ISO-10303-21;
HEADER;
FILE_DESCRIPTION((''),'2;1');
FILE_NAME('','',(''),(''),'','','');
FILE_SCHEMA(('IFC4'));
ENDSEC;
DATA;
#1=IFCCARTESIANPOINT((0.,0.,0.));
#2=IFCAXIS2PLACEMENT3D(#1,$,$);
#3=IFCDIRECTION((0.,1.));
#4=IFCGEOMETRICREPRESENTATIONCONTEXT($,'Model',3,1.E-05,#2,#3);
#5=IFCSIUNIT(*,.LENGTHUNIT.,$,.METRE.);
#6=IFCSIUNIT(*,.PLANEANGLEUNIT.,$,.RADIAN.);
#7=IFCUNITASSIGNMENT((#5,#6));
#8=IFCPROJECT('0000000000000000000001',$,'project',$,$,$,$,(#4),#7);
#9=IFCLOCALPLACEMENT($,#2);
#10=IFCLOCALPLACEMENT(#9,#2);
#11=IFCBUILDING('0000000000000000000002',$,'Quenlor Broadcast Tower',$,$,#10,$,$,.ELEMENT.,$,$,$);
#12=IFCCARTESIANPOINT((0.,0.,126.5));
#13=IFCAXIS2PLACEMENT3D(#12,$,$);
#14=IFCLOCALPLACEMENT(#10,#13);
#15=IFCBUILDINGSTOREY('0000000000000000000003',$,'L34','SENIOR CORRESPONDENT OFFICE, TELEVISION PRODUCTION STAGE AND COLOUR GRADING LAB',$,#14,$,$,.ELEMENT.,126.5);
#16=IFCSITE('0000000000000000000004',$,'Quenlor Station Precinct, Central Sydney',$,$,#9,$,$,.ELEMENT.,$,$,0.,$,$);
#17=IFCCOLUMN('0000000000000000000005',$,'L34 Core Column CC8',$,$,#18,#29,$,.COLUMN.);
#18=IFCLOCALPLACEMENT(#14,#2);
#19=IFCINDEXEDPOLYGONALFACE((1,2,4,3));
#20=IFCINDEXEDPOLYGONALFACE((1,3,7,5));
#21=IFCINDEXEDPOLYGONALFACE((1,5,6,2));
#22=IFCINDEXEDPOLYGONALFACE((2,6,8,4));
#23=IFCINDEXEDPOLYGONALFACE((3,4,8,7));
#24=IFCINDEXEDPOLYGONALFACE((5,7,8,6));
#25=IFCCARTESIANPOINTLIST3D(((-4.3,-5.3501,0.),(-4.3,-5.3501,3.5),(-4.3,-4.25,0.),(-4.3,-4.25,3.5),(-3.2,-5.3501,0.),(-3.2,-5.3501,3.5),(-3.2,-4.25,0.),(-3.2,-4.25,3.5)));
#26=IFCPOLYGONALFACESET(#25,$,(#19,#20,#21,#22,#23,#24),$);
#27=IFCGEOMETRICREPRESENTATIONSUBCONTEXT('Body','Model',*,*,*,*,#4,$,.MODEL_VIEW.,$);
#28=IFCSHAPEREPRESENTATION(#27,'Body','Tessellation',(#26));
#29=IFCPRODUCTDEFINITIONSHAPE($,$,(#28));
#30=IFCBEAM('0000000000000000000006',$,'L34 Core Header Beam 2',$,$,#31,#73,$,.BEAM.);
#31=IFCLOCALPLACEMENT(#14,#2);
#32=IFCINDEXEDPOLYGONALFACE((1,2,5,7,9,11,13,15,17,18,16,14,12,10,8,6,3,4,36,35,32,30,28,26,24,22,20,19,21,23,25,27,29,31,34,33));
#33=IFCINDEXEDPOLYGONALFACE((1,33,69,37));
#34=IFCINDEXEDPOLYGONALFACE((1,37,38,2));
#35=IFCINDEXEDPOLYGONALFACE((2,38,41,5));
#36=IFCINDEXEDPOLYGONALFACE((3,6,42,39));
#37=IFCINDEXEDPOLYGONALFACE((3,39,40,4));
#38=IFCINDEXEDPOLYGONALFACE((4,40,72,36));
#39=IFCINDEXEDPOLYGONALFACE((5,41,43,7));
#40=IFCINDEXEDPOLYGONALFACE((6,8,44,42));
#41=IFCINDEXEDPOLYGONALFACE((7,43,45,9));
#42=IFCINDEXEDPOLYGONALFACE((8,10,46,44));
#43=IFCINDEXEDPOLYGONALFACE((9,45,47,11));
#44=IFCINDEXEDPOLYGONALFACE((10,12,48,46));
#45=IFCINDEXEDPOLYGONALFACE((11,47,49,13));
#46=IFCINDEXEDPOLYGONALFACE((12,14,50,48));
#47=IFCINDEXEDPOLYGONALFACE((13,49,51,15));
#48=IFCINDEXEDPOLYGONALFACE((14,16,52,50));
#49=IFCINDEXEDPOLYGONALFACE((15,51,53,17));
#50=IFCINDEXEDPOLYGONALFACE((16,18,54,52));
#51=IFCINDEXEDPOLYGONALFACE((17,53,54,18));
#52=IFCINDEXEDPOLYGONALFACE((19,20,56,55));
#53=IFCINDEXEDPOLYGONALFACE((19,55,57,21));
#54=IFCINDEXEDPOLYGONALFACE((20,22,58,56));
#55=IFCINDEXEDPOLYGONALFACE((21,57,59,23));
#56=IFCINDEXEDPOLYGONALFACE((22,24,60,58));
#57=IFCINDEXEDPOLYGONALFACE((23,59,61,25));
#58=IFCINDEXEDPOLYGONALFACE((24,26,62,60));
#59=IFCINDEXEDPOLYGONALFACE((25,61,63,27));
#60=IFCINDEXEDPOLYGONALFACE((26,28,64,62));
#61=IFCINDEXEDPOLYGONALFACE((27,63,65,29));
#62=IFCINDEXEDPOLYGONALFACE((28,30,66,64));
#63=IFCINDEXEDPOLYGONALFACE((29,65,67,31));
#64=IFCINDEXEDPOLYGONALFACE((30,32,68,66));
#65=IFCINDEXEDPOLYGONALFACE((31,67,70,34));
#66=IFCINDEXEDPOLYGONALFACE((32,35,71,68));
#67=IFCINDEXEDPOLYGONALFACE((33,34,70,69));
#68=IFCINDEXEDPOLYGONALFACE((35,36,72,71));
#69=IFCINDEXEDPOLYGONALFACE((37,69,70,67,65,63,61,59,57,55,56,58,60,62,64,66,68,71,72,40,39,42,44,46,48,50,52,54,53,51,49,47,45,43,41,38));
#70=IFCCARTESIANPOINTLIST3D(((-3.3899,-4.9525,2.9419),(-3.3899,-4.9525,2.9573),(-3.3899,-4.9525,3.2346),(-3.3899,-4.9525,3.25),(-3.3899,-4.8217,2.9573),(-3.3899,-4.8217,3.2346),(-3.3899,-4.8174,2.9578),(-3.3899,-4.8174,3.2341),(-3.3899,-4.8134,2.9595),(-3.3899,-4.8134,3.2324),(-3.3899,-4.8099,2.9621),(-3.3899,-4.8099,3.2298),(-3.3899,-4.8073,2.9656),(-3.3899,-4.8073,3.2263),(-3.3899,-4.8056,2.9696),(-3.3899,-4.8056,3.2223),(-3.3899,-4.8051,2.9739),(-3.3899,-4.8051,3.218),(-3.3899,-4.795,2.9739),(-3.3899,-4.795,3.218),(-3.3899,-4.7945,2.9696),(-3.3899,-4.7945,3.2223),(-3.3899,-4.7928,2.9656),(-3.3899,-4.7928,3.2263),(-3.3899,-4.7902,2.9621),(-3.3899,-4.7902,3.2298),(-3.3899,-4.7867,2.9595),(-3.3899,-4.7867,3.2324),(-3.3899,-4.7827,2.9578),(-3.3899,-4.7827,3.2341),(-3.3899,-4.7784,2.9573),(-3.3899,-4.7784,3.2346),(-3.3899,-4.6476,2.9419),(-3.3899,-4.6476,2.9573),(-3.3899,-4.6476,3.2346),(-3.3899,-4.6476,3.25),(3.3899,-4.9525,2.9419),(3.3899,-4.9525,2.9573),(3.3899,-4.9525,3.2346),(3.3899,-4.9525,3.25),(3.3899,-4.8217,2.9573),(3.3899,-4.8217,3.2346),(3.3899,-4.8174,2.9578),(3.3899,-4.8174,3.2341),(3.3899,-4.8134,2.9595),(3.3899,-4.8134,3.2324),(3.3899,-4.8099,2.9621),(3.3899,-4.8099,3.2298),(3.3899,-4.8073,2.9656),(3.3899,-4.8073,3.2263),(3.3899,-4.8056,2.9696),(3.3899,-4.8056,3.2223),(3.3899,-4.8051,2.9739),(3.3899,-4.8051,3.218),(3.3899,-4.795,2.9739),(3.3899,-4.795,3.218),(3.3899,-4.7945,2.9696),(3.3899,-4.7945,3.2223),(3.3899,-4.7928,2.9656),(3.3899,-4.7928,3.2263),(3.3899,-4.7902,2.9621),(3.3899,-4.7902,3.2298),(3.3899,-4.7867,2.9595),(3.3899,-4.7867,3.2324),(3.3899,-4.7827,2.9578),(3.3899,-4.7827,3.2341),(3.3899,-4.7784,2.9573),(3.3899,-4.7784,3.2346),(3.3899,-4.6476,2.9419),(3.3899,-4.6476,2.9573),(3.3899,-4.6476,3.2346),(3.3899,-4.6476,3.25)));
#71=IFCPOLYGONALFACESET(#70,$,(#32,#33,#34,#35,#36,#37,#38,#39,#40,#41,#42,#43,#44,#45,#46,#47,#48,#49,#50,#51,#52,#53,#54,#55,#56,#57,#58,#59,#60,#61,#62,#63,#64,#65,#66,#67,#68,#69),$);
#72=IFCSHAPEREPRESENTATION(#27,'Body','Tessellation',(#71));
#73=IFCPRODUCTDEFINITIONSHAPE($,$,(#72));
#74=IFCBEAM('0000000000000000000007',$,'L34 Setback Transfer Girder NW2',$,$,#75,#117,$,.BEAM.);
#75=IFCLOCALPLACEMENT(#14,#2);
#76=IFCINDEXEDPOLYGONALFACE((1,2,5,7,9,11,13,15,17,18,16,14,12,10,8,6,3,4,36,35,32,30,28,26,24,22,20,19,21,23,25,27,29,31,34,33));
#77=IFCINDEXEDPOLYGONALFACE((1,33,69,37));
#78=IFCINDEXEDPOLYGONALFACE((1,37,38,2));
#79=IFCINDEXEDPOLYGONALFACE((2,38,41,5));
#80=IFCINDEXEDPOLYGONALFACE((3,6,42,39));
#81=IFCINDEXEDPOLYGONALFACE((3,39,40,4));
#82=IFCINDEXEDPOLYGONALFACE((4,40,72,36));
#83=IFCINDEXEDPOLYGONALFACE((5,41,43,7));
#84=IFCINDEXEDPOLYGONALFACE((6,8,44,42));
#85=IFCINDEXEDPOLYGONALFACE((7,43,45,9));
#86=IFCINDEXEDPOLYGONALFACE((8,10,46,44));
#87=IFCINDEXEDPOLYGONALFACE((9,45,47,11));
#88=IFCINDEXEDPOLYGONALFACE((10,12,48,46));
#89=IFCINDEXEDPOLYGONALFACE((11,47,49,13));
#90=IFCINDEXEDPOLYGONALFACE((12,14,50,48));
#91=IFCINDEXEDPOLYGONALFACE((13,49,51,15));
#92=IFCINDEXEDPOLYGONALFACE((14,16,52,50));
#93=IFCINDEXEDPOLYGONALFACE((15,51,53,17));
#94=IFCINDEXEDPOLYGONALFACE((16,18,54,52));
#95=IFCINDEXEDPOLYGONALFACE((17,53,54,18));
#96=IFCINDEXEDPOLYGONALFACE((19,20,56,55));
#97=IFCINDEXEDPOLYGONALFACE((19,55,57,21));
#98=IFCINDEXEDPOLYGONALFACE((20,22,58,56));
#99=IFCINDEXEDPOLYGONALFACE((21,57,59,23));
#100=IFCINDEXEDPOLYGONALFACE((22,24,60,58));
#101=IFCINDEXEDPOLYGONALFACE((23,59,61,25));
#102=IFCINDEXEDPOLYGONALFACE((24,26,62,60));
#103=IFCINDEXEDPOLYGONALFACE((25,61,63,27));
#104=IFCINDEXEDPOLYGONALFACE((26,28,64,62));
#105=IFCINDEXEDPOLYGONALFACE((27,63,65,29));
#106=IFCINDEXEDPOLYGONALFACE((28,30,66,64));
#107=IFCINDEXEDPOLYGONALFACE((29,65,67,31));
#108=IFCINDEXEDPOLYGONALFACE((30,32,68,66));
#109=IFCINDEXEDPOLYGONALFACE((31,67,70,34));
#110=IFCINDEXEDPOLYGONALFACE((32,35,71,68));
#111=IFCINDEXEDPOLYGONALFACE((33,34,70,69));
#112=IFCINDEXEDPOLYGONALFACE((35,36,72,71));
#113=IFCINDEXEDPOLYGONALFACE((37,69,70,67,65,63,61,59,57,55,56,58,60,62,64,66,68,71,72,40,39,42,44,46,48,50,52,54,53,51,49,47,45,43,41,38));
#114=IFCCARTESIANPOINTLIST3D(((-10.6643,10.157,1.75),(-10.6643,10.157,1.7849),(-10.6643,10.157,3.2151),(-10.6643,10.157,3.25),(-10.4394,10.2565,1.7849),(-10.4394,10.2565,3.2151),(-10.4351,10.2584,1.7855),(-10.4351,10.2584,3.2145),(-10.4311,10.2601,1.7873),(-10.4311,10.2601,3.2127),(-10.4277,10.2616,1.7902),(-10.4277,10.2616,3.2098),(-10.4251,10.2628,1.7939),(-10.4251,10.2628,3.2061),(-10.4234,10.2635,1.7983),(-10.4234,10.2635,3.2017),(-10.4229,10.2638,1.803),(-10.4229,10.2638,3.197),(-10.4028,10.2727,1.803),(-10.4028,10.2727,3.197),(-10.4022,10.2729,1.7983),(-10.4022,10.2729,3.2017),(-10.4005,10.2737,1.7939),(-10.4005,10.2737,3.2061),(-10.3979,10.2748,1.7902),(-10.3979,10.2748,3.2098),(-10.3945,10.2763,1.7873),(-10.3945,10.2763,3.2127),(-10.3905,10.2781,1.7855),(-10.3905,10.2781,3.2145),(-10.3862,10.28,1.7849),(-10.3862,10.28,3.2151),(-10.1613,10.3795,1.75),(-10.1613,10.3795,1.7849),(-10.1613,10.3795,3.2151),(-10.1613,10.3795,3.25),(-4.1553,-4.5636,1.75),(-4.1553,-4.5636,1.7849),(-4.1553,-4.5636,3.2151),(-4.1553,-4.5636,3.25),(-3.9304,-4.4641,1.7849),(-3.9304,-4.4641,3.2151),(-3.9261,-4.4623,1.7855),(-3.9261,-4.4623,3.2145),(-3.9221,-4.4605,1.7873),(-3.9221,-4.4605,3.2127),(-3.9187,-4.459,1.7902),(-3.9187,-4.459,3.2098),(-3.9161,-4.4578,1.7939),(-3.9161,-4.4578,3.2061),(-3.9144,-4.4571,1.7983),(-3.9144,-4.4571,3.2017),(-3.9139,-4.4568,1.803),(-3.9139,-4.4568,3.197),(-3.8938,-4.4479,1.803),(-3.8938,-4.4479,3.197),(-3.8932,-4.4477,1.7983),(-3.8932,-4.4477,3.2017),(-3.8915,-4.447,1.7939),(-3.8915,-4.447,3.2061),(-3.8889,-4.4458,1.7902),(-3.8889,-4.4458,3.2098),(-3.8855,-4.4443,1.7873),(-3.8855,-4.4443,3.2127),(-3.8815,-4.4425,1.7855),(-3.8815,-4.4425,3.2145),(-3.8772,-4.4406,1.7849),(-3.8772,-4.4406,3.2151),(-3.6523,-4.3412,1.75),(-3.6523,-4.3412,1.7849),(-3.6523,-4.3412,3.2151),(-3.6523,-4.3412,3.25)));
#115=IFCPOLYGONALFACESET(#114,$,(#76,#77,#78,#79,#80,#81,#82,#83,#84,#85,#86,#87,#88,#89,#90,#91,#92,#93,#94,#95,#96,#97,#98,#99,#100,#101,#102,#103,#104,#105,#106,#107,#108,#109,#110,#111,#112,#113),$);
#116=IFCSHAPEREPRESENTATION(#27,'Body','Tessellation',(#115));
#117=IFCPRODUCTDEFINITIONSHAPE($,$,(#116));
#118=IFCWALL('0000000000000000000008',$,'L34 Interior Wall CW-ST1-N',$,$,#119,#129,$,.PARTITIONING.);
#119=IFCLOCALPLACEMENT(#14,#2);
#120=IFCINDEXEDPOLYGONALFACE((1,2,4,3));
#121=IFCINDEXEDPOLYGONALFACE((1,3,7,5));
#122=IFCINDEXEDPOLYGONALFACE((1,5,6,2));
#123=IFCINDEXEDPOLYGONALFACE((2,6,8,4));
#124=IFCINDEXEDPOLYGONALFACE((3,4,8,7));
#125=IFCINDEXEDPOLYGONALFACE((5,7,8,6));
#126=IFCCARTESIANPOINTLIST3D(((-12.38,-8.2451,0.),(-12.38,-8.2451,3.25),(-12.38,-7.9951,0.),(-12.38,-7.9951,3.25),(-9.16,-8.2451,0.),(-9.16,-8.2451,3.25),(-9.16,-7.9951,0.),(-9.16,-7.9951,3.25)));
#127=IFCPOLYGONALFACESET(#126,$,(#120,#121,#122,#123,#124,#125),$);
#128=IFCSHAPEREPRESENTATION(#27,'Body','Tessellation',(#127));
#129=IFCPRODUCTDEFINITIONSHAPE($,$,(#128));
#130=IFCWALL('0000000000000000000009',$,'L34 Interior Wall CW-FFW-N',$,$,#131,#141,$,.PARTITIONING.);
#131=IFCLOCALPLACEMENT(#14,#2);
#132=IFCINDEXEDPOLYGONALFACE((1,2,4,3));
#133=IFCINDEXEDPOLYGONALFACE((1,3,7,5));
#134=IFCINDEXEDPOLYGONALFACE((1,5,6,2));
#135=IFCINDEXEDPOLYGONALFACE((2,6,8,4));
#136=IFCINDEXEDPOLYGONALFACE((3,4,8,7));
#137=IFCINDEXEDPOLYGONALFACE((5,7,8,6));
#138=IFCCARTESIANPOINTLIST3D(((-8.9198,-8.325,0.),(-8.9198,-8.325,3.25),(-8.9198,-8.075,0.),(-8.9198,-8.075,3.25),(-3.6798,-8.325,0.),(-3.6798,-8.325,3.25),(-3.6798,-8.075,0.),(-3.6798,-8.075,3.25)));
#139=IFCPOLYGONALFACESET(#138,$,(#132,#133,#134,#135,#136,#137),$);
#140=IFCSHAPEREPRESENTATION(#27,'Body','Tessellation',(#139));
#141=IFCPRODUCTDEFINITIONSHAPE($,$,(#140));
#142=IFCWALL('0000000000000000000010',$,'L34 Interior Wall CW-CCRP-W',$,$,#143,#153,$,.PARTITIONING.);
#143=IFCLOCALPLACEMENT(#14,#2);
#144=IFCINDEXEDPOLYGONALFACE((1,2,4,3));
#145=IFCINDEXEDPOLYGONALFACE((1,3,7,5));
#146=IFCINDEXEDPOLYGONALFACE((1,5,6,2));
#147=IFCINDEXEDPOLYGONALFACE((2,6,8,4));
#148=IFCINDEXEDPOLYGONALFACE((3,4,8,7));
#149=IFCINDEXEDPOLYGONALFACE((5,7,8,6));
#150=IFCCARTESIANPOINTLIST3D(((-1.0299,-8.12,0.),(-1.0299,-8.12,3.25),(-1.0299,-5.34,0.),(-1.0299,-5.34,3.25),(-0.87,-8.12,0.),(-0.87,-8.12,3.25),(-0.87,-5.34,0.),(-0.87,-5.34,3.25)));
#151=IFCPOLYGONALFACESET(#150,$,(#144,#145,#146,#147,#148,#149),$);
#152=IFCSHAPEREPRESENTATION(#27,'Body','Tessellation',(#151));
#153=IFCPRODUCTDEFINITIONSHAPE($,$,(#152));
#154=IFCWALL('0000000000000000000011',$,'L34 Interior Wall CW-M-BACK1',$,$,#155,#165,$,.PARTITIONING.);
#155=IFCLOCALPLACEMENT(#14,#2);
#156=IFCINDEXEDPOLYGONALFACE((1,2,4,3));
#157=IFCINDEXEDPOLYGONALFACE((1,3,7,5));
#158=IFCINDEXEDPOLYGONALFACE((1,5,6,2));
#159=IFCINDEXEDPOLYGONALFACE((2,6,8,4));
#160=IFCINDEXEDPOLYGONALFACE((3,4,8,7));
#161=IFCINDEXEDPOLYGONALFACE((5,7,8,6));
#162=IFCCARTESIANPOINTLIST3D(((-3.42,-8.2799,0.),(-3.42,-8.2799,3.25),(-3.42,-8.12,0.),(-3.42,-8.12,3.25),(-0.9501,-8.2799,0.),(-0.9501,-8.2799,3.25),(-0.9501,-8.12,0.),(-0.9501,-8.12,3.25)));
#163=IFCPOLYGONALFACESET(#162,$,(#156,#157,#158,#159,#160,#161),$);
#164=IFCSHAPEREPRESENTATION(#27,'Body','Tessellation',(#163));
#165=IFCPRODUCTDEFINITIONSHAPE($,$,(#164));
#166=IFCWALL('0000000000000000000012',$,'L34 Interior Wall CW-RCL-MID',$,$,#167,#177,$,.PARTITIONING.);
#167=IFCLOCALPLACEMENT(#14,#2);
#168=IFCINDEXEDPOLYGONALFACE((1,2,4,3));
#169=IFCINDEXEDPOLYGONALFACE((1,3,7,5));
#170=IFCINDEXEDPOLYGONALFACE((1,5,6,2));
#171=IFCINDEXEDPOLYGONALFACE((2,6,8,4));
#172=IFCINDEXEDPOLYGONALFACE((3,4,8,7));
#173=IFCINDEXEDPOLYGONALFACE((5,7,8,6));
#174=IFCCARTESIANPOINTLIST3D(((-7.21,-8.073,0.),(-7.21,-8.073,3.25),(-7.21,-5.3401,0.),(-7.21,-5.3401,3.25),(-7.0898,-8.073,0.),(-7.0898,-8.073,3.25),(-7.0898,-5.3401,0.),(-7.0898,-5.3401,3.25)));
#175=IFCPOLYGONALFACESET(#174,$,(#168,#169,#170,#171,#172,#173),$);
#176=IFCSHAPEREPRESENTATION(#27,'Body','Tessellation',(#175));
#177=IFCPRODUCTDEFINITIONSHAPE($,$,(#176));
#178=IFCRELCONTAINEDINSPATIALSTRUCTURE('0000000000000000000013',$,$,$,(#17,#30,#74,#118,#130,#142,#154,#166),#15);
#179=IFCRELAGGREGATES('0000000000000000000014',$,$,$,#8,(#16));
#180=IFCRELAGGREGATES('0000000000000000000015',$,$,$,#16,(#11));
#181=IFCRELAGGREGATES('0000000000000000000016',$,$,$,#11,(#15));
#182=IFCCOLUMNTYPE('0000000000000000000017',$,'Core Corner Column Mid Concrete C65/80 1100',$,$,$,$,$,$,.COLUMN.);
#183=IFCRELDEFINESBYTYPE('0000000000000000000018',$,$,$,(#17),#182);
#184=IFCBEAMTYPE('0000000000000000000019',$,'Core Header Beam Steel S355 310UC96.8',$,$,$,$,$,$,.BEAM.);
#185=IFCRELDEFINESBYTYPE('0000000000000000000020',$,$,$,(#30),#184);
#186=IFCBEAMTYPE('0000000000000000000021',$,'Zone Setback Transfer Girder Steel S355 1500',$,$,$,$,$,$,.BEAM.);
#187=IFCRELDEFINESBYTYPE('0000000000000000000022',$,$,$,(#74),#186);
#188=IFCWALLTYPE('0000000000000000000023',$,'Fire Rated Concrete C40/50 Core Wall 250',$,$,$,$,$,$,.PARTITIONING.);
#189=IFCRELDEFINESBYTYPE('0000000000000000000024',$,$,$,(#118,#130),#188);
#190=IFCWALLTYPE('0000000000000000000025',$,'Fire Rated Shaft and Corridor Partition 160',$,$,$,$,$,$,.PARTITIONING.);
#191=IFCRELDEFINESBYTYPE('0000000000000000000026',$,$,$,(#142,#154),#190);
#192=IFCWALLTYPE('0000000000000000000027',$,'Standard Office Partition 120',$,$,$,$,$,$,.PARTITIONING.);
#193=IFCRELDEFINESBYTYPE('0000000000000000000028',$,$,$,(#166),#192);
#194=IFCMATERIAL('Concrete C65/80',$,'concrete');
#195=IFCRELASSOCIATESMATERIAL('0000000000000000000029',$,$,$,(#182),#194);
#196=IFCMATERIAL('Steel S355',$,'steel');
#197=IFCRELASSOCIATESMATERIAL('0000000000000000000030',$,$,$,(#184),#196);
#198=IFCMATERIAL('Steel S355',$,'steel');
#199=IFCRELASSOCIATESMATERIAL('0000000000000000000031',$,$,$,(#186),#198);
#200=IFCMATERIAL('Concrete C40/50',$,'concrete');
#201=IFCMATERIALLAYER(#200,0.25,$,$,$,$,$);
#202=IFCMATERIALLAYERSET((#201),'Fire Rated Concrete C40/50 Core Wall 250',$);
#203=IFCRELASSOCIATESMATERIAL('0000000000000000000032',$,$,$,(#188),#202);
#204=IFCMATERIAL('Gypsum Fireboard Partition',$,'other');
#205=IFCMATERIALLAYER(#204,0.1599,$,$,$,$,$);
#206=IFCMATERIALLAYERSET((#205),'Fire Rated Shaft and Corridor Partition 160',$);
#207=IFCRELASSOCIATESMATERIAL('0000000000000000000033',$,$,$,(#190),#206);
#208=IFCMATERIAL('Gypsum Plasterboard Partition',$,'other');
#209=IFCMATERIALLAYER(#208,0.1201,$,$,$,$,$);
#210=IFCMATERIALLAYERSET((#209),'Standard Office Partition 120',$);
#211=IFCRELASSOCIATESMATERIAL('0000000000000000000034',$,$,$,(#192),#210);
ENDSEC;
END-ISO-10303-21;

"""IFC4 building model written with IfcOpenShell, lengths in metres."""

from ifc_helpers import new_model, si_unit, direction, frame, frame_2d, origin, origin_2d, place, context, subcontext, project, spatial, rectangle, i_section, extrude, material, layer, layer_set, material_profile, profile_set, type_object, element, save


model = new_model("IFC4")

# Units and contexts
model_context = context("Model", 3, precision=1e-05, world=origin(), true_north=direction((0.0, 1.0)))
body_context = subcontext(model_context, "Body", "Model", "MODEL_VIEW")
ifc_project = project(units=[si_unit("LENGTHUNIT", "METRE"), si_unit("PLANEANGLEUNIT", "RADIAN")], contexts=[model_context])

# Site, building, storey
site_placement = place(None, origin())
site = spatial("IfcSite", under=ifc_project, at=site_placement, Name="Quenlor Station Precinct, Central Sydney", CompositionType="ELEMENT", RefElevation=0.0)
building_placement = place(site_placement, origin())
building = spatial("IfcBuilding", under=site, at=building_placement, Name="Quenlor Broadcast Tower", CompositionType="ELEMENT")
storey_placement = place(building_placement, frame((0.0, 0.0, 126.5)))
storey = spatial("IfcBuildingStorey", under=building, at=storey_placement, Name="L34", Description="SENIOR CORRESPONDENT OFFICE, TELEVISION PRODUCTION STAGE AND COLOUR GRADING LAB", CompositionType="ELEMENT", Elevation=126.5)

# Column
ifc_material_1 = material(Name="Concrete C65/80", Category="concrete")
ifc_material_profile_1 = material_profile(ifc_material_1, rectangle(XDim=1.1001, YDim=1.1001, at=origin_2d()))
ifc_profile_set_1 = profile_set([ifc_material_profile_1], Name="Concrete C65/80 RC1100x1100")
column_type = type_object("IfcColumnType", Name="Core Corner Column Mid Concrete C65/80 1100", PredefinedType="COLUMN", material=ifc_profile_set_1)
column_placement = place(storey_placement, frame((-3.75, -4.8, 0.0), z_axis=(0.0, 0.0, 1.0), x_axis=(1.0, 0.0, 0.0)))
element("IfcColumn", 1, at=column_placement, inside=storey, type_object=column_type, Name="L34 Core Column CC8", PredefinedType="COLUMN", context=body_context, shape_type="SweptSolid", body=[
    extrude(rectangle(XDim=1.1001, YDim=1.1001, at=origin_2d()), origin(), (0.0, 0.0, 1.0), 3.5),
])

# Beams
ifc_material_2 = material(Name="Steel S355", Category="steel")
ifc_material_profile_2 = material_profile(ifc_material_2, i_section(OverallWidth=0.3049, OverallDepth=0.3081, WebThickness=0.01, FlangeThickness=0.0154, FilletRadius=0.0166, at=origin_2d()))
ifc_profile_set_2 = profile_set([ifc_material_profile_2], Name="Steel S355 310UC96.8")
beam_type_1 = type_object("IfcBeamType", Name="Core Header Beam Steel S355 310UC96.8", PredefinedType="BEAM", material=ifc_profile_set_2)
beam_1_placement = place(storey_placement, frame((-3.3899, -4.8, 3.0959), z_axis=(1.0, 0.0, 0.0), x_axis=(0.0, 1.0, 0.0)))
element("IfcBeam", 2, at=beam_1_placement, inside=storey, type_object=beam_type_1, Name="L34 Core Header Beam 2", PredefinedType="BEAM", context=body_context, shape_type="SweptSolid", body=[
    extrude(i_section(OverallWidth=0.3049, OverallDepth=0.3081, WebThickness=0.01, FlangeThickness=0.0154, FilletRadius=0.0166, at=origin_2d()), origin(), (0.0, 0.0, 1.0), 6.7798),
])
ifc_material_3 = material(Name="Steel S355", Category="steel")
ifc_material_profile_3 = material_profile(ifc_material_3, i_section(OverallWidth=0.55, OverallDepth=1.5, WebThickness=0.022, FlangeThickness=0.0349, FilletRadius=0.0181, at=origin_2d()))
ifc_profile_set_3 = profile_set([ifc_material_profile_3], Name="Steel S355 1500TG510")
beam_type_2 = type_object("IfcBeamType", Name="Zone Setback Transfer Girder Steel S355 1500", PredefinedType="BEAM", material=ifc_profile_set_3)
beam_2_placement = place(storey_placement, frame((-3.9038, -4.4524, 2.5), z_axis=(-0.4044, 0.914582, 0.0), x_axis=(-0.914582, -0.4044, 0.0)))
element("IfcBeam", 3, at=beam_2_placement, inside=storey, type_object=beam_type_2, Name="L34 Setback Transfer Girder NW2", PredefinedType="BEAM", context=body_context, shape_type="SweptSolid", body=[
    extrude(i_section(OverallWidth=0.55, OverallDepth=1.5, WebThickness=0.022, FlangeThickness=0.0349, FilletRadius=0.0181, at=origin_2d()), origin(), (0.0, 0.0, 1.0), 16.0955),
])

# Walls
ifc_material_4 = material(Name="Concrete C40/50", Category="concrete")
ifc_layer_1 = layer(ifc_material_4, 0.25)
ifc_layer_set_1 = layer_set([ifc_layer_1], Name="Fire Rated Concrete C40/50 Core Wall 250")
wall_type_1 = type_object("IfcWallType", Name="Fire Rated Concrete C40/50 Core Wall 250", PredefinedType="PARTITIONING", material=ifc_layer_set_1)
wall_1_placement = place(storey_placement, frame((-12.3799, -8.1201, 0.0), z_axis=(0.0, 0.0, 1.0), x_axis=(1.0, 0.0, 0.0)))
element("IfcWall", 4, at=wall_1_placement, inside=storey, type_object=wall_type_1, Name="L34 Interior Wall CW-ST1-N", PredefinedType="PARTITIONING", context=body_context, shape_type="SweptSolid", body=[
    extrude(rectangle(XDim=3.22, YDim=0.25, at=frame_2d((1.6099, 0.0))), origin(), (0.0, 0.0, 1.0), 3.25),
])
wall_2_placement = place(storey_placement, frame((-8.9199, -8.2, 0.0), z_axis=(0.0, 0.0, 1.0), x_axis=(1.0, 0.0, 0.0)))
element("IfcWall", 5, at=wall_2_placement, inside=storey, type_object=wall_type_1, Name="L34 Interior Wall CW-FFW-N", PredefinedType="PARTITIONING", context=body_context, shape_type="SweptSolid", body=[
    extrude(rectangle(XDim=5.24, YDim=0.25, at=frame_2d((2.6201, 0.0))), origin(), (0.0, 0.0, 1.0), 3.25),
])

# Walls
ifc_material_5 = material(Name="Gypsum Fireboard Partition", Category="other")
ifc_layer_2 = layer(ifc_material_5, 0.1599)
ifc_layer_set_2 = layer_set([ifc_layer_2], Name="Fire Rated Shaft and Corridor Partition 160")
wall_type_2 = type_object("IfcWallType", Name="Fire Rated Shaft and Corridor Partition 160", PredefinedType="PARTITIONING", material=ifc_layer_set_2)
wall_3_placement = place(storey_placement, frame((-0.95, -8.1201, 0.0), z_axis=(0.0, 0.0, 1.0), x_axis=(0.0, 1.0, 0.0)))
element("IfcWall", 6, at=wall_3_placement, inside=storey, type_object=wall_type_2, Name="L34 Interior Wall CW-CCRP-W", PredefinedType="PARTITIONING", context=body_context, shape_type="SweptSolid", body=[
    extrude(rectangle(XDim=2.78, YDim=0.1599, at=frame_2d((1.3901, 0.0))), origin(), (0.0, 0.0, 1.0), 3.25),
])
wall_4_placement = place(storey_placement, frame((-3.4199, -8.2, 0.0), z_axis=(0.0, 0.0, 1.0), x_axis=(1.0, 0.0, 0.0)))
element("IfcWall", 7, at=wall_4_placement, inside=storey, type_object=wall_type_2, Name="L34 Interior Wall CW-M-BACK1", PredefinedType="PARTITIONING", context=body_context, shape_type="SweptSolid", body=[
    extrude(rectangle(XDim=2.47, YDim=0.1599, at=frame_2d((1.2349, 0.0))), origin(), (0.0, 0.0, 1.0), 3.25),
])
ifc_material_6 = material(Name="Gypsum Plasterboard Partition", Category="other")
ifc_layer_3 = layer(ifc_material_6, 0.1201)
ifc_layer_set_3 = layer_set([ifc_layer_3], Name="Standard Office Partition 120")
wall_type_3 = type_object("IfcWallType", Name="Standard Office Partition 120", PredefinedType="PARTITIONING", material=ifc_layer_set_3)
wall_5_placement = place(storey_placement, frame((-7.1499, -8.073, 0.0), z_axis=(0.0, 0.0, 1.0), x_axis=(0.0, 1.0, 0.0)))
element("IfcWall", 8, at=wall_5_placement, inside=storey, type_object=wall_type_3, Name="L34 Interior Wall CW-RCL-MID", PredefinedType="PARTITIONING", context=body_context, shape_type="SweptSolid", body=[
    extrude(rectangle(XDim=2.7329, YDim=0.1201, at=frame_2d((1.3665, 0.0))), origin(), (0.0, 0.0, 1.0), 3.25),
])

save(model, "model.ifc")
